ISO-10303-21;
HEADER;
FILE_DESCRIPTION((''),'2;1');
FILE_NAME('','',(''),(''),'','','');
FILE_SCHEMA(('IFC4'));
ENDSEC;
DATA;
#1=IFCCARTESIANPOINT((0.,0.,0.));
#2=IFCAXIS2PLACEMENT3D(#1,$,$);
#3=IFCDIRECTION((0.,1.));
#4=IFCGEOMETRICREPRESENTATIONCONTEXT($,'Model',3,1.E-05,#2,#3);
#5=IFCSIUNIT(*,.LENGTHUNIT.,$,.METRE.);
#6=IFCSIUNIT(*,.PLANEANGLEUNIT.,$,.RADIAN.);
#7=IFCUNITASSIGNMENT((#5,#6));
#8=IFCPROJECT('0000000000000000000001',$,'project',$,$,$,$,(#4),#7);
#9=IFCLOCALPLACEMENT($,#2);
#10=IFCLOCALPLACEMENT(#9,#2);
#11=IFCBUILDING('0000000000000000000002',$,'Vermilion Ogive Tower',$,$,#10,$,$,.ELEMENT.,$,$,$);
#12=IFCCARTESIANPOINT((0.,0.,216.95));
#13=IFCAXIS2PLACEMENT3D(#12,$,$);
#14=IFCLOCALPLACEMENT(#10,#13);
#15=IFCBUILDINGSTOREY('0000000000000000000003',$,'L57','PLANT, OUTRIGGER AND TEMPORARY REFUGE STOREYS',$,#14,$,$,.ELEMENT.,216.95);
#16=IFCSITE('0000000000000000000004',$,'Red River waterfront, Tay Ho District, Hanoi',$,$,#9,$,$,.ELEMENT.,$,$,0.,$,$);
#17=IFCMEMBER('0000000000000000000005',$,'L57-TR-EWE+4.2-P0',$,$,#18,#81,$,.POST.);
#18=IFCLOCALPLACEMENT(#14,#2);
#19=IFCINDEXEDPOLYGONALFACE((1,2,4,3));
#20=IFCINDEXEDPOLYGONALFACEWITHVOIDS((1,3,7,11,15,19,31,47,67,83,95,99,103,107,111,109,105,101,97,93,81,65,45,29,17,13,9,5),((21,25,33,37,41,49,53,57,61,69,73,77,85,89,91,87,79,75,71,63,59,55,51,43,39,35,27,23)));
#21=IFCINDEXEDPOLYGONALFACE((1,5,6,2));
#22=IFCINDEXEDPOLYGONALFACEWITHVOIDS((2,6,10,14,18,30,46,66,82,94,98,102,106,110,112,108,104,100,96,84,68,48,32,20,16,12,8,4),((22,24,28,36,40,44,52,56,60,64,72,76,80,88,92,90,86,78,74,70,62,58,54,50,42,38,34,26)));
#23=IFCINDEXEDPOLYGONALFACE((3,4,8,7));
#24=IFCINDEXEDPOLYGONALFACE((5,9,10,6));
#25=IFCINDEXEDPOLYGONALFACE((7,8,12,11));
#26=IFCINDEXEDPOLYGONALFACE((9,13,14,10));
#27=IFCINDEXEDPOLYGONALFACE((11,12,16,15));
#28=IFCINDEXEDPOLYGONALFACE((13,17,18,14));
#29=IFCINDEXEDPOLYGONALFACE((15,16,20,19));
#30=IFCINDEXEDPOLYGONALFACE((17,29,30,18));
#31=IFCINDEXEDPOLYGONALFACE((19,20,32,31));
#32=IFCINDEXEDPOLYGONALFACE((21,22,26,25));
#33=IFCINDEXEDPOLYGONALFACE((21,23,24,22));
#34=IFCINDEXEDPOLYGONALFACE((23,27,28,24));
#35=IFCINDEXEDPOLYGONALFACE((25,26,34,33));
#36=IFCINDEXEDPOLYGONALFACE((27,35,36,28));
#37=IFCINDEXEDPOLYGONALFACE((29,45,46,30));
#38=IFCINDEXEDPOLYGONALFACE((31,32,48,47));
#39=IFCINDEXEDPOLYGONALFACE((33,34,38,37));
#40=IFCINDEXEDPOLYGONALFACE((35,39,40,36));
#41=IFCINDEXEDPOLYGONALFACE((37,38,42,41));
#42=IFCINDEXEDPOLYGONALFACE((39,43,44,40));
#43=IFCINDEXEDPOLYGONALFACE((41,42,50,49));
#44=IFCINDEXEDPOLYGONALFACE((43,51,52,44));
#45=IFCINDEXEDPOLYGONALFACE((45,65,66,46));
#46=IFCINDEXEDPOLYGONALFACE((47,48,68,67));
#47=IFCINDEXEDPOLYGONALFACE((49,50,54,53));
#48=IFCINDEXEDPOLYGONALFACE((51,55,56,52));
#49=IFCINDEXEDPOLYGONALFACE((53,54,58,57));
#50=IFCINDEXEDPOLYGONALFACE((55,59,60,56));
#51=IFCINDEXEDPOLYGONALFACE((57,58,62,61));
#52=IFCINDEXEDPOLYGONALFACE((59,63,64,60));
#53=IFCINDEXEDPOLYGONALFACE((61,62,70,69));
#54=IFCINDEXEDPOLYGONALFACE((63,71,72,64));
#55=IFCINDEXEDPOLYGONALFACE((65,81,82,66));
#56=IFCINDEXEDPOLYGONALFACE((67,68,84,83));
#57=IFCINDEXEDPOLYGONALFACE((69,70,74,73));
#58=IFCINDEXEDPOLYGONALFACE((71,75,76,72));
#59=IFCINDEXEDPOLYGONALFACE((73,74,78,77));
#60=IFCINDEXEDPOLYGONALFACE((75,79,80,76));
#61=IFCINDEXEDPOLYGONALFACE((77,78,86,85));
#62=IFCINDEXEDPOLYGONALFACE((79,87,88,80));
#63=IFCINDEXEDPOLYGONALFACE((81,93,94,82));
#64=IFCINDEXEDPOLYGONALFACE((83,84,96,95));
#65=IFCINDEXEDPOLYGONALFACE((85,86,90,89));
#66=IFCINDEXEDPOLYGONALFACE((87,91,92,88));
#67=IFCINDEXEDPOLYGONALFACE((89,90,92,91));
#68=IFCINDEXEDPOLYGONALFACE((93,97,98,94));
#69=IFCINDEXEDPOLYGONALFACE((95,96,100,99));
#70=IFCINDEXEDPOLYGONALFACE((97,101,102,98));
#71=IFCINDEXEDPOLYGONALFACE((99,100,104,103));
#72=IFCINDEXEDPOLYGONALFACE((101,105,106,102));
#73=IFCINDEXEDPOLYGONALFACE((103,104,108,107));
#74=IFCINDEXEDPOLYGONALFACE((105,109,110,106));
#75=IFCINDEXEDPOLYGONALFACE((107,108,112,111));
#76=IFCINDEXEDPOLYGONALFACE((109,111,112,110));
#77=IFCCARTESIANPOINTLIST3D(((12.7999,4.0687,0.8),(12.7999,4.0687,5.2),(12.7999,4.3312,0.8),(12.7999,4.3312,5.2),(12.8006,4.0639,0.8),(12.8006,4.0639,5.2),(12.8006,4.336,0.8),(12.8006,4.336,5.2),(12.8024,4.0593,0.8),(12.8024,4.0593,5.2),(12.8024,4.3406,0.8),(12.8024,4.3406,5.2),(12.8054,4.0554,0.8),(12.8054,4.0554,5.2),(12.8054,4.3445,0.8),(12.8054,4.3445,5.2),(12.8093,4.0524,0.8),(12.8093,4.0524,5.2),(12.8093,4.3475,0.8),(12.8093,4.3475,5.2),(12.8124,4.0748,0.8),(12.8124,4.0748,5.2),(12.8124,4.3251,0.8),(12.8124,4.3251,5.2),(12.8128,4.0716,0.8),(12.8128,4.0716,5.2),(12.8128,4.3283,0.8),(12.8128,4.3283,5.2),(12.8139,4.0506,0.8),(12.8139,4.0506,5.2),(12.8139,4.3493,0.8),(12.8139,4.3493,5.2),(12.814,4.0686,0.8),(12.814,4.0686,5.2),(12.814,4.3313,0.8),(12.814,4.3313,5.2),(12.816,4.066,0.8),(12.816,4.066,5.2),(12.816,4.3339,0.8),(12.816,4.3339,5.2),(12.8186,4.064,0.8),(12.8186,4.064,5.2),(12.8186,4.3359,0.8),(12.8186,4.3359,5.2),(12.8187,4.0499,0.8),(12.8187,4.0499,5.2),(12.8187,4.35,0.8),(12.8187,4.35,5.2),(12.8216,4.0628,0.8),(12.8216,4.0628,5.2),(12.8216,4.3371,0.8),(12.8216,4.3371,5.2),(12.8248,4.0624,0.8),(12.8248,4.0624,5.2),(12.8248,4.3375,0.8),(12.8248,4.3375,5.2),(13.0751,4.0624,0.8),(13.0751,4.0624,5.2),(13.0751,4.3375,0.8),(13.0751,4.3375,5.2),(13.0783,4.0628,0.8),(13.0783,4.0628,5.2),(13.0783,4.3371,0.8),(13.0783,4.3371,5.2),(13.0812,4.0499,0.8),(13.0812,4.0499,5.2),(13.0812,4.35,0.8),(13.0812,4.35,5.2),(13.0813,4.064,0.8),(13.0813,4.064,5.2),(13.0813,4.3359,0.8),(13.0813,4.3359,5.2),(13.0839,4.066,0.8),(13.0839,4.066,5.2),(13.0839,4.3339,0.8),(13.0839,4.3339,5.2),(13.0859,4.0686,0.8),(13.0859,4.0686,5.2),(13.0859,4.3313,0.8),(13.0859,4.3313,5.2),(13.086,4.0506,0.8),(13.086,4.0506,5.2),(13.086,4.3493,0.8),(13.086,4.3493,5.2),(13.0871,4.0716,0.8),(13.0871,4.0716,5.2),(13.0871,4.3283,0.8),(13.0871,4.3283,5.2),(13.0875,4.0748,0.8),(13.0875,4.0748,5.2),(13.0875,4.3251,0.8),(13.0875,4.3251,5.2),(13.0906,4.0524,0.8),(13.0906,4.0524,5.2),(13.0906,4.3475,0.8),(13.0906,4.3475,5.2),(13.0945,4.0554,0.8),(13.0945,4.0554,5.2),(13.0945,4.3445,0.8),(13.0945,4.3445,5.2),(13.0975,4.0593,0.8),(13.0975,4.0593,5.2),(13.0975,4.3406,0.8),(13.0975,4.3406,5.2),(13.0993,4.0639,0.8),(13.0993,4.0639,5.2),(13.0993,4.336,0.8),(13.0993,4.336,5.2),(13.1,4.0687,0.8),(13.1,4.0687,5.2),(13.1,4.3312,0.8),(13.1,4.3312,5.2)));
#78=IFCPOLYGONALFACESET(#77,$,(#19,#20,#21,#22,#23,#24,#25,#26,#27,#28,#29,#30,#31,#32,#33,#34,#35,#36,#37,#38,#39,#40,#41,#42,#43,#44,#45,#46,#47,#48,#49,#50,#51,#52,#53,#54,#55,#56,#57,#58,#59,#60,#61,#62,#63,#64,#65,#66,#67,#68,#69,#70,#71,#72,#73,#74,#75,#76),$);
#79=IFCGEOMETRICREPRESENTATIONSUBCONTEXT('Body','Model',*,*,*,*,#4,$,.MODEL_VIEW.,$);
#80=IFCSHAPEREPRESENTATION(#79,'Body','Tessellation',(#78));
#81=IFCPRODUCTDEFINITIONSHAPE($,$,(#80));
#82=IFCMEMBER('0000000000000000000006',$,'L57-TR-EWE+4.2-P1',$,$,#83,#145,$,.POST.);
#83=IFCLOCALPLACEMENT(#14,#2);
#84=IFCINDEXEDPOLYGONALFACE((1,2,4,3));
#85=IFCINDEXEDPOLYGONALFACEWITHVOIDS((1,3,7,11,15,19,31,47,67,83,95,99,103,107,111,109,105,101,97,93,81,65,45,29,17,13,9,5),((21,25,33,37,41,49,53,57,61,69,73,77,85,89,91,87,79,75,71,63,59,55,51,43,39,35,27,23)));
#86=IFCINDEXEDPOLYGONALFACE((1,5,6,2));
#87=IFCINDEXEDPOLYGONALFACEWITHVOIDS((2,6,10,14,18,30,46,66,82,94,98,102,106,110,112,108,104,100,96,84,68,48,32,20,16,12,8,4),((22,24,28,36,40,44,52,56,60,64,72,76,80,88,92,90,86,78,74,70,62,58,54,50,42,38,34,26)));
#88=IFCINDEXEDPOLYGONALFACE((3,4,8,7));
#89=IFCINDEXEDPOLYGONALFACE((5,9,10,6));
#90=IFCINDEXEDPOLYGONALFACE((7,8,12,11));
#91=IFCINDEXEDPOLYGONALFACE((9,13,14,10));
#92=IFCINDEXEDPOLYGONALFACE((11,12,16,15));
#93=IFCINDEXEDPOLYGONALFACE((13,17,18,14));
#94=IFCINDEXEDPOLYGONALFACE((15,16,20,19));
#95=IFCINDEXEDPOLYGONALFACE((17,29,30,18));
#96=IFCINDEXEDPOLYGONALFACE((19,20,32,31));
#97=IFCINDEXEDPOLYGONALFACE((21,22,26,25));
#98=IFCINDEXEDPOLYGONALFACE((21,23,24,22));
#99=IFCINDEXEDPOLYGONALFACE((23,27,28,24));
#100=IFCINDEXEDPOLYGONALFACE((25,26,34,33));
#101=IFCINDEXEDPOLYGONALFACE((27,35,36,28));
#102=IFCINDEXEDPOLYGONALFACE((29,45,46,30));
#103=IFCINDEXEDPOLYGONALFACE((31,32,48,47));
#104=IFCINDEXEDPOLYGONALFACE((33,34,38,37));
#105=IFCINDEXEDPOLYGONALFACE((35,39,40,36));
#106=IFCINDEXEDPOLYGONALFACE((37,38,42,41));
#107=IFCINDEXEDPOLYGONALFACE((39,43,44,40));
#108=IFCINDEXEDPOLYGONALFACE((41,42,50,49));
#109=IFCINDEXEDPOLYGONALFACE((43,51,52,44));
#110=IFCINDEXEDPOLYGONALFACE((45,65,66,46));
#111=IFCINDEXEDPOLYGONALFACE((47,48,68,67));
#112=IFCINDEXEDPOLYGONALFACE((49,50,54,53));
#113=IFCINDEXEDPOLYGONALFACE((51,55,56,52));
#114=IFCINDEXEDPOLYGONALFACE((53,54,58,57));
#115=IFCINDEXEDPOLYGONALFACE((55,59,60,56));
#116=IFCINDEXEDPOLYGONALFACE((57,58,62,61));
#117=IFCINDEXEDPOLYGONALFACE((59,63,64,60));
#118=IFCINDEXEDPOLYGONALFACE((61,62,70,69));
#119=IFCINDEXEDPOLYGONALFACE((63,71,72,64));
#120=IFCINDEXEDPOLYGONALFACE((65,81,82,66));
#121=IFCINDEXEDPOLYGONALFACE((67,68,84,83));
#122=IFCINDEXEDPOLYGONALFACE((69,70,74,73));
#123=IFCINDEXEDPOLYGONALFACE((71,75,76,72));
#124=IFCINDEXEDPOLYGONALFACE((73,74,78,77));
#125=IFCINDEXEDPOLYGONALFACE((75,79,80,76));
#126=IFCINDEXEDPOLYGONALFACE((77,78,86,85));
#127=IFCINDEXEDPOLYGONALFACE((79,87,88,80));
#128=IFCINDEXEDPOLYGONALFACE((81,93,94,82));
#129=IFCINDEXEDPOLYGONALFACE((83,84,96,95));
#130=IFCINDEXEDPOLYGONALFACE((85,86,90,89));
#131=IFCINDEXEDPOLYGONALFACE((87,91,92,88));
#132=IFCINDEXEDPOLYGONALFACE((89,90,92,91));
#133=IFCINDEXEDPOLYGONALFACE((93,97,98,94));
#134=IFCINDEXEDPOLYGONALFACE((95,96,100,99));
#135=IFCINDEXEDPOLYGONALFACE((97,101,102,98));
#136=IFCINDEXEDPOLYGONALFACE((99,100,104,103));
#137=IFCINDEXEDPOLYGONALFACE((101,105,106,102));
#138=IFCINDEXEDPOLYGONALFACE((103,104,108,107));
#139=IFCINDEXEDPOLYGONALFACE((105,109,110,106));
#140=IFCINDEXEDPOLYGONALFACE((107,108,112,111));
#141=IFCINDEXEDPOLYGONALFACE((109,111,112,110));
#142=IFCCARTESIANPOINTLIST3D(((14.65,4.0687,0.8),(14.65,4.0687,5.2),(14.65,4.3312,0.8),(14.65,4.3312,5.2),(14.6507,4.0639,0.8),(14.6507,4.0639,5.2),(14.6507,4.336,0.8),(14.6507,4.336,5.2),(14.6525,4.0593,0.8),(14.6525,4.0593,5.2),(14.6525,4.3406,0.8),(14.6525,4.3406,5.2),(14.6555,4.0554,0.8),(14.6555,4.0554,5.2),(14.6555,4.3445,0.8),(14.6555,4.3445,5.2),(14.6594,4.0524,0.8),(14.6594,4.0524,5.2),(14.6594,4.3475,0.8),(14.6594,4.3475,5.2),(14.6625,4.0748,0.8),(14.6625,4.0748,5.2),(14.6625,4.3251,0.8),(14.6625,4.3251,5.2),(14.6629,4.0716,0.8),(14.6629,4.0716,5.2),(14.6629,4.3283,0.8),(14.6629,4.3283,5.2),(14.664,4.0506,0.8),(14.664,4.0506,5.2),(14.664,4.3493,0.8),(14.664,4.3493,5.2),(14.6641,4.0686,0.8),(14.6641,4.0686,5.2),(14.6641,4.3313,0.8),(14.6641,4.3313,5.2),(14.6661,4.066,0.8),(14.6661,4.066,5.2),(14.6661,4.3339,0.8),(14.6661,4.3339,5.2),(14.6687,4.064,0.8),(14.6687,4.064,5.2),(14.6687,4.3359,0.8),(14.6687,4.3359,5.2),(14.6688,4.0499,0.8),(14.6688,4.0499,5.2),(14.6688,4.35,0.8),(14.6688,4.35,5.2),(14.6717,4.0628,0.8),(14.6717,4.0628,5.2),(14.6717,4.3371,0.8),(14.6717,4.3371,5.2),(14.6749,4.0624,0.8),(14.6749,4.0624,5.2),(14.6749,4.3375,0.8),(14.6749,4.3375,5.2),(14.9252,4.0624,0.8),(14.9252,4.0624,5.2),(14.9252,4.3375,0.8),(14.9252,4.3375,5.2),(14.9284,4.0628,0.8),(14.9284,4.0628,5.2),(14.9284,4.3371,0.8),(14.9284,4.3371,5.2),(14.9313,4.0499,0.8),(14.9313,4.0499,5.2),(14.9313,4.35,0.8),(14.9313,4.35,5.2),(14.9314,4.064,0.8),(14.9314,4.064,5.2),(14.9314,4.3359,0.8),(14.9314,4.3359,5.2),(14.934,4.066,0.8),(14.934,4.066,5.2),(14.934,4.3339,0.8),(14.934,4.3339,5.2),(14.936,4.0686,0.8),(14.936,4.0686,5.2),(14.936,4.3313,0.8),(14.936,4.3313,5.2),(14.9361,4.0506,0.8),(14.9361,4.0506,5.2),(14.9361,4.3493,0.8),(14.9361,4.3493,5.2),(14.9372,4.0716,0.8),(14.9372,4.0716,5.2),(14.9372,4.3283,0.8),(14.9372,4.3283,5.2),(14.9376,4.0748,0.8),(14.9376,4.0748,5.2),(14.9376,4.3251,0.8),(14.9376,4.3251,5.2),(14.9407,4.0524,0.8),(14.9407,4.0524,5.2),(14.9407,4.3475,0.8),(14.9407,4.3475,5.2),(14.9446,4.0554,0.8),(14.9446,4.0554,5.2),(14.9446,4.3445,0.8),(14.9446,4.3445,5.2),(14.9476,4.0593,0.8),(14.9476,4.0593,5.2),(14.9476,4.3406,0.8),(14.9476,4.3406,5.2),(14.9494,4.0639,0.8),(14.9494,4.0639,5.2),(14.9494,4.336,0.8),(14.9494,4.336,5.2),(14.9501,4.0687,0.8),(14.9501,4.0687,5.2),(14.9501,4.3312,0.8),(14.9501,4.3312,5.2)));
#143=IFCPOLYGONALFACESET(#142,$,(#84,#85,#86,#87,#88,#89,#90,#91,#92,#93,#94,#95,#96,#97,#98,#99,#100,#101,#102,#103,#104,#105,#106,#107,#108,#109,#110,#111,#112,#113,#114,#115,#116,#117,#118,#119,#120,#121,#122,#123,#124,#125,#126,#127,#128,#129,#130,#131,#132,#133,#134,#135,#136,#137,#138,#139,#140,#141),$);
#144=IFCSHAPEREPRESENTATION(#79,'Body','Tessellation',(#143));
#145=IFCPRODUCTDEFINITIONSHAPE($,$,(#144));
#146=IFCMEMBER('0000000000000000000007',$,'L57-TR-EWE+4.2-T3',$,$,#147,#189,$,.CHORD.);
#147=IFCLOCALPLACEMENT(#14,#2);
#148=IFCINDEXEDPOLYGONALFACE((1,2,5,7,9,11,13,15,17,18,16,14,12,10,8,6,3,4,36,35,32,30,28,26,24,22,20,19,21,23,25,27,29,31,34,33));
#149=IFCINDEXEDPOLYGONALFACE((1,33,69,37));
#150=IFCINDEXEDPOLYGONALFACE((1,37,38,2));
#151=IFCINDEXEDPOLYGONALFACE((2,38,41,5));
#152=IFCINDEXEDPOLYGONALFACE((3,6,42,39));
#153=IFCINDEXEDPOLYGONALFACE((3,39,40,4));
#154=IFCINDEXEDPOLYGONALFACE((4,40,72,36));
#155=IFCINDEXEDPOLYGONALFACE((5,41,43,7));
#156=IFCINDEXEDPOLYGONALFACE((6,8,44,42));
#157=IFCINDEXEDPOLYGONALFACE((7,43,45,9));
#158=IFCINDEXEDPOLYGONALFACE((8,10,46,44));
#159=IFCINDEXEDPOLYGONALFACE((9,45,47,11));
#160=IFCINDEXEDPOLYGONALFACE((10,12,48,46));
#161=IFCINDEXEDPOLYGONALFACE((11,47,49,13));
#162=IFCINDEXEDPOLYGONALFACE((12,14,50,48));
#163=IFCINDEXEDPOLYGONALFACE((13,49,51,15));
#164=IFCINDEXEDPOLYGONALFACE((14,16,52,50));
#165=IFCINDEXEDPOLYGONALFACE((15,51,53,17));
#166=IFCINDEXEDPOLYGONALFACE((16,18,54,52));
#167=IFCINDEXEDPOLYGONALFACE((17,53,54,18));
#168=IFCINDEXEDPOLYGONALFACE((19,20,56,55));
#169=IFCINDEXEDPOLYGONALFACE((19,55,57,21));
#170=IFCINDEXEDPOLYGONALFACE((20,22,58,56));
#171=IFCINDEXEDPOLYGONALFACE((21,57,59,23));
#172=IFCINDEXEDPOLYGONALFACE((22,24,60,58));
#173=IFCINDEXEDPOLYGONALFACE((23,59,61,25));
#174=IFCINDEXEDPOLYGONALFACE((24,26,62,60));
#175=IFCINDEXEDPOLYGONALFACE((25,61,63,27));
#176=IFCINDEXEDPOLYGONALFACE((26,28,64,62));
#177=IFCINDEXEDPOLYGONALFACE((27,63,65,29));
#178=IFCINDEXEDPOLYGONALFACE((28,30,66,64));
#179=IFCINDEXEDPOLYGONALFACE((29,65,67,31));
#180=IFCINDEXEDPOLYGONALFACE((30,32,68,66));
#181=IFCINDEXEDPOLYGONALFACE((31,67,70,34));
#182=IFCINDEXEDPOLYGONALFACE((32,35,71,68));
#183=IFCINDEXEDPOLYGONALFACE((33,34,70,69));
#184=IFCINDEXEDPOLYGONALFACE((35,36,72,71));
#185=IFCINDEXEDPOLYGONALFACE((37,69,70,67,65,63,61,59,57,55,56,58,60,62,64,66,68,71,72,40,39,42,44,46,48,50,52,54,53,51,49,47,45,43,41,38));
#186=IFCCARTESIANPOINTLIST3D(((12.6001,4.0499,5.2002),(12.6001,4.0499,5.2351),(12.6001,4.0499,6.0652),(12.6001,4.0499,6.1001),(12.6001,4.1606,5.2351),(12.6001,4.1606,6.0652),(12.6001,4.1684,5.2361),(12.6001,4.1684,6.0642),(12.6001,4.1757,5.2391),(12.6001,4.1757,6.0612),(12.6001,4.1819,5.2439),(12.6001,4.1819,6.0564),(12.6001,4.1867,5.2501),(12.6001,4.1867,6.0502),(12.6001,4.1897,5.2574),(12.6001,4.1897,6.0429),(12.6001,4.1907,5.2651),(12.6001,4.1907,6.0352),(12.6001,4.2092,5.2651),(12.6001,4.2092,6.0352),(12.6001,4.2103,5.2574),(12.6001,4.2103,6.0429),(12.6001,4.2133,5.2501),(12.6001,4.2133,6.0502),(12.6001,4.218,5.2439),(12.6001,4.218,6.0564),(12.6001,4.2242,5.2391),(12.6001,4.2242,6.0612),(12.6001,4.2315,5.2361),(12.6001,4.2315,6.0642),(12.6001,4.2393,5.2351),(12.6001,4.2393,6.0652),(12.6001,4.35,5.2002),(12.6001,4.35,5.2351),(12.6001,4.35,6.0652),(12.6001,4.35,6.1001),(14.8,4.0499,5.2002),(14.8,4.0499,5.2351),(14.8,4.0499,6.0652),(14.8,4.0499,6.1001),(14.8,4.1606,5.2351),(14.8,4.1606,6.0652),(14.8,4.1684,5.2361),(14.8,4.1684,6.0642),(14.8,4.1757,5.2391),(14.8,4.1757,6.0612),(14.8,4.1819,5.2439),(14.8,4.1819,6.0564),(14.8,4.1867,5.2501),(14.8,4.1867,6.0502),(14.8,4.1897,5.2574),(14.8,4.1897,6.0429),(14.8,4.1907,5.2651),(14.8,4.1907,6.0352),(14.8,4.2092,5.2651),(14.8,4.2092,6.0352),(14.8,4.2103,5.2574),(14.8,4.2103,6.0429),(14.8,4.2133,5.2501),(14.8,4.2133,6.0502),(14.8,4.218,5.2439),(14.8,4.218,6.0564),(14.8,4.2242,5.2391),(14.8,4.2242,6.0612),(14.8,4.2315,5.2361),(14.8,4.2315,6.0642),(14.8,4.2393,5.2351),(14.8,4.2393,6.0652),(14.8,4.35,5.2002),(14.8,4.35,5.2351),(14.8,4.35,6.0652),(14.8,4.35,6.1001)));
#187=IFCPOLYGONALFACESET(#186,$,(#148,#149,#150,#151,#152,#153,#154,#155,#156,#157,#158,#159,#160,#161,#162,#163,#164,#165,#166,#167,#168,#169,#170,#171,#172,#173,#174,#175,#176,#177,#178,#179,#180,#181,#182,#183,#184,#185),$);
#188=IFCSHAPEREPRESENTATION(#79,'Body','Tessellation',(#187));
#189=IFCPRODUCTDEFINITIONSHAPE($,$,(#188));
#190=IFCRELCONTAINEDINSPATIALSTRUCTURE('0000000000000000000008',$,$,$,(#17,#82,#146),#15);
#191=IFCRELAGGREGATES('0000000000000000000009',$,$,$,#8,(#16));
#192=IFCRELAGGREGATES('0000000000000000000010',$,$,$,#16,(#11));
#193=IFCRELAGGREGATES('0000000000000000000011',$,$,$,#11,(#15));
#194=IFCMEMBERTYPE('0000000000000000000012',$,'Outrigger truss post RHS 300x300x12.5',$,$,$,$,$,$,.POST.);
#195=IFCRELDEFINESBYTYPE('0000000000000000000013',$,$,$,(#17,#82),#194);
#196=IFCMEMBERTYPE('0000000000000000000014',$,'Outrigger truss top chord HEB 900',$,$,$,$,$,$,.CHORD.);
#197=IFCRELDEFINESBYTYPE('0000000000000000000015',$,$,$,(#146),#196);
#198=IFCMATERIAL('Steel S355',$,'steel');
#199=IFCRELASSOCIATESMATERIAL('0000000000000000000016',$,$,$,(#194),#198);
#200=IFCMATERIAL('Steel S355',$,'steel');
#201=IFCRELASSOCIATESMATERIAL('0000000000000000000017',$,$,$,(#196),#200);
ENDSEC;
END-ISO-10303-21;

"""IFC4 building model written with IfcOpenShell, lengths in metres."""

from ifc_helpers import new_model, si_unit, direction, frame, origin, origin_2d, place, context, subcontext, project, spatial, hollow_rectangle, i_section, extrude, material, material_profile, profile_set, type_object, element, save


model = new_model("IFC4")

# Units and contexts
model_context = context("Model", 3, precision=1e-05, world=origin(), true_north=direction((0.0, 1.0)))
body_context = subcontext(model_context, "Body", "Model", "MODEL_VIEW")
ifc_project = project(units=[si_unit("LENGTHUNIT", "METRE"), si_unit("PLANEANGLEUNIT", "RADIAN")], contexts=[model_context])

# Site, building, storey
site_placement = place(None, origin())
site = spatial("IfcSite", under=ifc_project, at=site_placement, Name="Red River waterfront, Tay Ho District, Hanoi", CompositionType="ELEMENT", RefElevation=0.0)
building_placement = place(site_placement, origin())
building = spatial("IfcBuilding", under=site, at=building_placement, Name="Vermilion Ogive Tower", CompositionType="ELEMENT")
storey_placement = place(building_placement, frame((0.0, 0.0, 216.95)))
storey = spatial("IfcBuildingStorey", under=building, at=storey_placement, Name="L57", Description="PLANT, OUTRIGGER AND TEMPORARY REFUGE STOREYS", CompositionType="ELEMENT", Elevation=216.95)

# Members
ifc_material_1 = material(Name="Steel S355", Category="steel")
ifc_material_profile_1 = material_profile(ifc_material_1, hollow_rectangle(XDim=0.3, YDim=0.3, WallThickness=0.0125, InnerFilletRadius=0.0125, OuterFilletRadius=0.0188, at=origin_2d()), Name="RHS 300x300x12.5")
ifc_profile_set_1 = profile_set([ifc_material_profile_1], Name="Steel S355")
member_type_1 = type_object("IfcMemberType", Name="Outrigger truss post RHS 300x300x12.5", PredefinedType="POST", material=ifc_profile_set_1)
for number, where, z_axis, x_axis, name in (
    (1, (12.95, 4.2, 0.8), (0.0, 0.0, 1.0), (1.0, 0.0, 0.0), "L57-TR-EWE+4.2-P0"),
    (2, (14.8, 4.2, 0.8), (0.0, 0.0, 1.0), (1.0, 0.0, 0.0), "L57-TR-EWE+4.2-P1"),
):
    element("IfcMember", number, at=place(storey_placement, frame(where, z_axis=z_axis, x_axis=x_axis)), inside=storey, type_object=member_type_1, Name=name, PredefinedType="POST", context=body_context, shape_type="SweptSolid", body=[
        extrude(hollow_rectangle(XDim=0.3, YDim=0.3, WallThickness=0.0125, InnerFilletRadius=0.0125, OuterFilletRadius=0.0188, at=origin_2d()), origin(), (0.0, 0.0, 1.0), 4.3999),
    ])
ifc_material_2 = material(Name="Steel S355", Category="steel")
ifc_material_profile_2 = material_profile(ifc_material_2, i_section(OverallWidth=0.3, OverallDepth=0.8999, WebThickness=0.0186, FlangeThickness=0.0349, FilletRadius=0.03, at=origin_2d()), Name="HEB 900")
ifc_profile_set_2 = profile_set([ifc_material_profile_2], Name="Steel S355")
member_type_2 = type_object("IfcMemberType", Name="Outrigger truss top chord HEB 900", PredefinedType="CHORD", material=ifc_profile_set_2)
member_1_placement = place(storey_placement, frame((12.6001, 4.2, 5.6501), z_axis=(1.0, 0.0, 0.0), x_axis=(0.0, 1.0, 0.0)))
element("IfcMember", 3, at=member_1_placement, inside=storey, type_object=member_type_2, Name="L57-TR-EWE+4.2-T3", PredefinedType="CHORD", context=body_context, shape_type="SweptSolid", body=[
    extrude(i_section(OverallWidth=0.3, OverallDepth=0.8999, WebThickness=0.0186, FlangeThickness=0.0349, FilletRadius=0.03, at=origin_2d()), origin(), (0.0, 0.0, 1.0), 2.2),
])

save(model, "model.ifc")
